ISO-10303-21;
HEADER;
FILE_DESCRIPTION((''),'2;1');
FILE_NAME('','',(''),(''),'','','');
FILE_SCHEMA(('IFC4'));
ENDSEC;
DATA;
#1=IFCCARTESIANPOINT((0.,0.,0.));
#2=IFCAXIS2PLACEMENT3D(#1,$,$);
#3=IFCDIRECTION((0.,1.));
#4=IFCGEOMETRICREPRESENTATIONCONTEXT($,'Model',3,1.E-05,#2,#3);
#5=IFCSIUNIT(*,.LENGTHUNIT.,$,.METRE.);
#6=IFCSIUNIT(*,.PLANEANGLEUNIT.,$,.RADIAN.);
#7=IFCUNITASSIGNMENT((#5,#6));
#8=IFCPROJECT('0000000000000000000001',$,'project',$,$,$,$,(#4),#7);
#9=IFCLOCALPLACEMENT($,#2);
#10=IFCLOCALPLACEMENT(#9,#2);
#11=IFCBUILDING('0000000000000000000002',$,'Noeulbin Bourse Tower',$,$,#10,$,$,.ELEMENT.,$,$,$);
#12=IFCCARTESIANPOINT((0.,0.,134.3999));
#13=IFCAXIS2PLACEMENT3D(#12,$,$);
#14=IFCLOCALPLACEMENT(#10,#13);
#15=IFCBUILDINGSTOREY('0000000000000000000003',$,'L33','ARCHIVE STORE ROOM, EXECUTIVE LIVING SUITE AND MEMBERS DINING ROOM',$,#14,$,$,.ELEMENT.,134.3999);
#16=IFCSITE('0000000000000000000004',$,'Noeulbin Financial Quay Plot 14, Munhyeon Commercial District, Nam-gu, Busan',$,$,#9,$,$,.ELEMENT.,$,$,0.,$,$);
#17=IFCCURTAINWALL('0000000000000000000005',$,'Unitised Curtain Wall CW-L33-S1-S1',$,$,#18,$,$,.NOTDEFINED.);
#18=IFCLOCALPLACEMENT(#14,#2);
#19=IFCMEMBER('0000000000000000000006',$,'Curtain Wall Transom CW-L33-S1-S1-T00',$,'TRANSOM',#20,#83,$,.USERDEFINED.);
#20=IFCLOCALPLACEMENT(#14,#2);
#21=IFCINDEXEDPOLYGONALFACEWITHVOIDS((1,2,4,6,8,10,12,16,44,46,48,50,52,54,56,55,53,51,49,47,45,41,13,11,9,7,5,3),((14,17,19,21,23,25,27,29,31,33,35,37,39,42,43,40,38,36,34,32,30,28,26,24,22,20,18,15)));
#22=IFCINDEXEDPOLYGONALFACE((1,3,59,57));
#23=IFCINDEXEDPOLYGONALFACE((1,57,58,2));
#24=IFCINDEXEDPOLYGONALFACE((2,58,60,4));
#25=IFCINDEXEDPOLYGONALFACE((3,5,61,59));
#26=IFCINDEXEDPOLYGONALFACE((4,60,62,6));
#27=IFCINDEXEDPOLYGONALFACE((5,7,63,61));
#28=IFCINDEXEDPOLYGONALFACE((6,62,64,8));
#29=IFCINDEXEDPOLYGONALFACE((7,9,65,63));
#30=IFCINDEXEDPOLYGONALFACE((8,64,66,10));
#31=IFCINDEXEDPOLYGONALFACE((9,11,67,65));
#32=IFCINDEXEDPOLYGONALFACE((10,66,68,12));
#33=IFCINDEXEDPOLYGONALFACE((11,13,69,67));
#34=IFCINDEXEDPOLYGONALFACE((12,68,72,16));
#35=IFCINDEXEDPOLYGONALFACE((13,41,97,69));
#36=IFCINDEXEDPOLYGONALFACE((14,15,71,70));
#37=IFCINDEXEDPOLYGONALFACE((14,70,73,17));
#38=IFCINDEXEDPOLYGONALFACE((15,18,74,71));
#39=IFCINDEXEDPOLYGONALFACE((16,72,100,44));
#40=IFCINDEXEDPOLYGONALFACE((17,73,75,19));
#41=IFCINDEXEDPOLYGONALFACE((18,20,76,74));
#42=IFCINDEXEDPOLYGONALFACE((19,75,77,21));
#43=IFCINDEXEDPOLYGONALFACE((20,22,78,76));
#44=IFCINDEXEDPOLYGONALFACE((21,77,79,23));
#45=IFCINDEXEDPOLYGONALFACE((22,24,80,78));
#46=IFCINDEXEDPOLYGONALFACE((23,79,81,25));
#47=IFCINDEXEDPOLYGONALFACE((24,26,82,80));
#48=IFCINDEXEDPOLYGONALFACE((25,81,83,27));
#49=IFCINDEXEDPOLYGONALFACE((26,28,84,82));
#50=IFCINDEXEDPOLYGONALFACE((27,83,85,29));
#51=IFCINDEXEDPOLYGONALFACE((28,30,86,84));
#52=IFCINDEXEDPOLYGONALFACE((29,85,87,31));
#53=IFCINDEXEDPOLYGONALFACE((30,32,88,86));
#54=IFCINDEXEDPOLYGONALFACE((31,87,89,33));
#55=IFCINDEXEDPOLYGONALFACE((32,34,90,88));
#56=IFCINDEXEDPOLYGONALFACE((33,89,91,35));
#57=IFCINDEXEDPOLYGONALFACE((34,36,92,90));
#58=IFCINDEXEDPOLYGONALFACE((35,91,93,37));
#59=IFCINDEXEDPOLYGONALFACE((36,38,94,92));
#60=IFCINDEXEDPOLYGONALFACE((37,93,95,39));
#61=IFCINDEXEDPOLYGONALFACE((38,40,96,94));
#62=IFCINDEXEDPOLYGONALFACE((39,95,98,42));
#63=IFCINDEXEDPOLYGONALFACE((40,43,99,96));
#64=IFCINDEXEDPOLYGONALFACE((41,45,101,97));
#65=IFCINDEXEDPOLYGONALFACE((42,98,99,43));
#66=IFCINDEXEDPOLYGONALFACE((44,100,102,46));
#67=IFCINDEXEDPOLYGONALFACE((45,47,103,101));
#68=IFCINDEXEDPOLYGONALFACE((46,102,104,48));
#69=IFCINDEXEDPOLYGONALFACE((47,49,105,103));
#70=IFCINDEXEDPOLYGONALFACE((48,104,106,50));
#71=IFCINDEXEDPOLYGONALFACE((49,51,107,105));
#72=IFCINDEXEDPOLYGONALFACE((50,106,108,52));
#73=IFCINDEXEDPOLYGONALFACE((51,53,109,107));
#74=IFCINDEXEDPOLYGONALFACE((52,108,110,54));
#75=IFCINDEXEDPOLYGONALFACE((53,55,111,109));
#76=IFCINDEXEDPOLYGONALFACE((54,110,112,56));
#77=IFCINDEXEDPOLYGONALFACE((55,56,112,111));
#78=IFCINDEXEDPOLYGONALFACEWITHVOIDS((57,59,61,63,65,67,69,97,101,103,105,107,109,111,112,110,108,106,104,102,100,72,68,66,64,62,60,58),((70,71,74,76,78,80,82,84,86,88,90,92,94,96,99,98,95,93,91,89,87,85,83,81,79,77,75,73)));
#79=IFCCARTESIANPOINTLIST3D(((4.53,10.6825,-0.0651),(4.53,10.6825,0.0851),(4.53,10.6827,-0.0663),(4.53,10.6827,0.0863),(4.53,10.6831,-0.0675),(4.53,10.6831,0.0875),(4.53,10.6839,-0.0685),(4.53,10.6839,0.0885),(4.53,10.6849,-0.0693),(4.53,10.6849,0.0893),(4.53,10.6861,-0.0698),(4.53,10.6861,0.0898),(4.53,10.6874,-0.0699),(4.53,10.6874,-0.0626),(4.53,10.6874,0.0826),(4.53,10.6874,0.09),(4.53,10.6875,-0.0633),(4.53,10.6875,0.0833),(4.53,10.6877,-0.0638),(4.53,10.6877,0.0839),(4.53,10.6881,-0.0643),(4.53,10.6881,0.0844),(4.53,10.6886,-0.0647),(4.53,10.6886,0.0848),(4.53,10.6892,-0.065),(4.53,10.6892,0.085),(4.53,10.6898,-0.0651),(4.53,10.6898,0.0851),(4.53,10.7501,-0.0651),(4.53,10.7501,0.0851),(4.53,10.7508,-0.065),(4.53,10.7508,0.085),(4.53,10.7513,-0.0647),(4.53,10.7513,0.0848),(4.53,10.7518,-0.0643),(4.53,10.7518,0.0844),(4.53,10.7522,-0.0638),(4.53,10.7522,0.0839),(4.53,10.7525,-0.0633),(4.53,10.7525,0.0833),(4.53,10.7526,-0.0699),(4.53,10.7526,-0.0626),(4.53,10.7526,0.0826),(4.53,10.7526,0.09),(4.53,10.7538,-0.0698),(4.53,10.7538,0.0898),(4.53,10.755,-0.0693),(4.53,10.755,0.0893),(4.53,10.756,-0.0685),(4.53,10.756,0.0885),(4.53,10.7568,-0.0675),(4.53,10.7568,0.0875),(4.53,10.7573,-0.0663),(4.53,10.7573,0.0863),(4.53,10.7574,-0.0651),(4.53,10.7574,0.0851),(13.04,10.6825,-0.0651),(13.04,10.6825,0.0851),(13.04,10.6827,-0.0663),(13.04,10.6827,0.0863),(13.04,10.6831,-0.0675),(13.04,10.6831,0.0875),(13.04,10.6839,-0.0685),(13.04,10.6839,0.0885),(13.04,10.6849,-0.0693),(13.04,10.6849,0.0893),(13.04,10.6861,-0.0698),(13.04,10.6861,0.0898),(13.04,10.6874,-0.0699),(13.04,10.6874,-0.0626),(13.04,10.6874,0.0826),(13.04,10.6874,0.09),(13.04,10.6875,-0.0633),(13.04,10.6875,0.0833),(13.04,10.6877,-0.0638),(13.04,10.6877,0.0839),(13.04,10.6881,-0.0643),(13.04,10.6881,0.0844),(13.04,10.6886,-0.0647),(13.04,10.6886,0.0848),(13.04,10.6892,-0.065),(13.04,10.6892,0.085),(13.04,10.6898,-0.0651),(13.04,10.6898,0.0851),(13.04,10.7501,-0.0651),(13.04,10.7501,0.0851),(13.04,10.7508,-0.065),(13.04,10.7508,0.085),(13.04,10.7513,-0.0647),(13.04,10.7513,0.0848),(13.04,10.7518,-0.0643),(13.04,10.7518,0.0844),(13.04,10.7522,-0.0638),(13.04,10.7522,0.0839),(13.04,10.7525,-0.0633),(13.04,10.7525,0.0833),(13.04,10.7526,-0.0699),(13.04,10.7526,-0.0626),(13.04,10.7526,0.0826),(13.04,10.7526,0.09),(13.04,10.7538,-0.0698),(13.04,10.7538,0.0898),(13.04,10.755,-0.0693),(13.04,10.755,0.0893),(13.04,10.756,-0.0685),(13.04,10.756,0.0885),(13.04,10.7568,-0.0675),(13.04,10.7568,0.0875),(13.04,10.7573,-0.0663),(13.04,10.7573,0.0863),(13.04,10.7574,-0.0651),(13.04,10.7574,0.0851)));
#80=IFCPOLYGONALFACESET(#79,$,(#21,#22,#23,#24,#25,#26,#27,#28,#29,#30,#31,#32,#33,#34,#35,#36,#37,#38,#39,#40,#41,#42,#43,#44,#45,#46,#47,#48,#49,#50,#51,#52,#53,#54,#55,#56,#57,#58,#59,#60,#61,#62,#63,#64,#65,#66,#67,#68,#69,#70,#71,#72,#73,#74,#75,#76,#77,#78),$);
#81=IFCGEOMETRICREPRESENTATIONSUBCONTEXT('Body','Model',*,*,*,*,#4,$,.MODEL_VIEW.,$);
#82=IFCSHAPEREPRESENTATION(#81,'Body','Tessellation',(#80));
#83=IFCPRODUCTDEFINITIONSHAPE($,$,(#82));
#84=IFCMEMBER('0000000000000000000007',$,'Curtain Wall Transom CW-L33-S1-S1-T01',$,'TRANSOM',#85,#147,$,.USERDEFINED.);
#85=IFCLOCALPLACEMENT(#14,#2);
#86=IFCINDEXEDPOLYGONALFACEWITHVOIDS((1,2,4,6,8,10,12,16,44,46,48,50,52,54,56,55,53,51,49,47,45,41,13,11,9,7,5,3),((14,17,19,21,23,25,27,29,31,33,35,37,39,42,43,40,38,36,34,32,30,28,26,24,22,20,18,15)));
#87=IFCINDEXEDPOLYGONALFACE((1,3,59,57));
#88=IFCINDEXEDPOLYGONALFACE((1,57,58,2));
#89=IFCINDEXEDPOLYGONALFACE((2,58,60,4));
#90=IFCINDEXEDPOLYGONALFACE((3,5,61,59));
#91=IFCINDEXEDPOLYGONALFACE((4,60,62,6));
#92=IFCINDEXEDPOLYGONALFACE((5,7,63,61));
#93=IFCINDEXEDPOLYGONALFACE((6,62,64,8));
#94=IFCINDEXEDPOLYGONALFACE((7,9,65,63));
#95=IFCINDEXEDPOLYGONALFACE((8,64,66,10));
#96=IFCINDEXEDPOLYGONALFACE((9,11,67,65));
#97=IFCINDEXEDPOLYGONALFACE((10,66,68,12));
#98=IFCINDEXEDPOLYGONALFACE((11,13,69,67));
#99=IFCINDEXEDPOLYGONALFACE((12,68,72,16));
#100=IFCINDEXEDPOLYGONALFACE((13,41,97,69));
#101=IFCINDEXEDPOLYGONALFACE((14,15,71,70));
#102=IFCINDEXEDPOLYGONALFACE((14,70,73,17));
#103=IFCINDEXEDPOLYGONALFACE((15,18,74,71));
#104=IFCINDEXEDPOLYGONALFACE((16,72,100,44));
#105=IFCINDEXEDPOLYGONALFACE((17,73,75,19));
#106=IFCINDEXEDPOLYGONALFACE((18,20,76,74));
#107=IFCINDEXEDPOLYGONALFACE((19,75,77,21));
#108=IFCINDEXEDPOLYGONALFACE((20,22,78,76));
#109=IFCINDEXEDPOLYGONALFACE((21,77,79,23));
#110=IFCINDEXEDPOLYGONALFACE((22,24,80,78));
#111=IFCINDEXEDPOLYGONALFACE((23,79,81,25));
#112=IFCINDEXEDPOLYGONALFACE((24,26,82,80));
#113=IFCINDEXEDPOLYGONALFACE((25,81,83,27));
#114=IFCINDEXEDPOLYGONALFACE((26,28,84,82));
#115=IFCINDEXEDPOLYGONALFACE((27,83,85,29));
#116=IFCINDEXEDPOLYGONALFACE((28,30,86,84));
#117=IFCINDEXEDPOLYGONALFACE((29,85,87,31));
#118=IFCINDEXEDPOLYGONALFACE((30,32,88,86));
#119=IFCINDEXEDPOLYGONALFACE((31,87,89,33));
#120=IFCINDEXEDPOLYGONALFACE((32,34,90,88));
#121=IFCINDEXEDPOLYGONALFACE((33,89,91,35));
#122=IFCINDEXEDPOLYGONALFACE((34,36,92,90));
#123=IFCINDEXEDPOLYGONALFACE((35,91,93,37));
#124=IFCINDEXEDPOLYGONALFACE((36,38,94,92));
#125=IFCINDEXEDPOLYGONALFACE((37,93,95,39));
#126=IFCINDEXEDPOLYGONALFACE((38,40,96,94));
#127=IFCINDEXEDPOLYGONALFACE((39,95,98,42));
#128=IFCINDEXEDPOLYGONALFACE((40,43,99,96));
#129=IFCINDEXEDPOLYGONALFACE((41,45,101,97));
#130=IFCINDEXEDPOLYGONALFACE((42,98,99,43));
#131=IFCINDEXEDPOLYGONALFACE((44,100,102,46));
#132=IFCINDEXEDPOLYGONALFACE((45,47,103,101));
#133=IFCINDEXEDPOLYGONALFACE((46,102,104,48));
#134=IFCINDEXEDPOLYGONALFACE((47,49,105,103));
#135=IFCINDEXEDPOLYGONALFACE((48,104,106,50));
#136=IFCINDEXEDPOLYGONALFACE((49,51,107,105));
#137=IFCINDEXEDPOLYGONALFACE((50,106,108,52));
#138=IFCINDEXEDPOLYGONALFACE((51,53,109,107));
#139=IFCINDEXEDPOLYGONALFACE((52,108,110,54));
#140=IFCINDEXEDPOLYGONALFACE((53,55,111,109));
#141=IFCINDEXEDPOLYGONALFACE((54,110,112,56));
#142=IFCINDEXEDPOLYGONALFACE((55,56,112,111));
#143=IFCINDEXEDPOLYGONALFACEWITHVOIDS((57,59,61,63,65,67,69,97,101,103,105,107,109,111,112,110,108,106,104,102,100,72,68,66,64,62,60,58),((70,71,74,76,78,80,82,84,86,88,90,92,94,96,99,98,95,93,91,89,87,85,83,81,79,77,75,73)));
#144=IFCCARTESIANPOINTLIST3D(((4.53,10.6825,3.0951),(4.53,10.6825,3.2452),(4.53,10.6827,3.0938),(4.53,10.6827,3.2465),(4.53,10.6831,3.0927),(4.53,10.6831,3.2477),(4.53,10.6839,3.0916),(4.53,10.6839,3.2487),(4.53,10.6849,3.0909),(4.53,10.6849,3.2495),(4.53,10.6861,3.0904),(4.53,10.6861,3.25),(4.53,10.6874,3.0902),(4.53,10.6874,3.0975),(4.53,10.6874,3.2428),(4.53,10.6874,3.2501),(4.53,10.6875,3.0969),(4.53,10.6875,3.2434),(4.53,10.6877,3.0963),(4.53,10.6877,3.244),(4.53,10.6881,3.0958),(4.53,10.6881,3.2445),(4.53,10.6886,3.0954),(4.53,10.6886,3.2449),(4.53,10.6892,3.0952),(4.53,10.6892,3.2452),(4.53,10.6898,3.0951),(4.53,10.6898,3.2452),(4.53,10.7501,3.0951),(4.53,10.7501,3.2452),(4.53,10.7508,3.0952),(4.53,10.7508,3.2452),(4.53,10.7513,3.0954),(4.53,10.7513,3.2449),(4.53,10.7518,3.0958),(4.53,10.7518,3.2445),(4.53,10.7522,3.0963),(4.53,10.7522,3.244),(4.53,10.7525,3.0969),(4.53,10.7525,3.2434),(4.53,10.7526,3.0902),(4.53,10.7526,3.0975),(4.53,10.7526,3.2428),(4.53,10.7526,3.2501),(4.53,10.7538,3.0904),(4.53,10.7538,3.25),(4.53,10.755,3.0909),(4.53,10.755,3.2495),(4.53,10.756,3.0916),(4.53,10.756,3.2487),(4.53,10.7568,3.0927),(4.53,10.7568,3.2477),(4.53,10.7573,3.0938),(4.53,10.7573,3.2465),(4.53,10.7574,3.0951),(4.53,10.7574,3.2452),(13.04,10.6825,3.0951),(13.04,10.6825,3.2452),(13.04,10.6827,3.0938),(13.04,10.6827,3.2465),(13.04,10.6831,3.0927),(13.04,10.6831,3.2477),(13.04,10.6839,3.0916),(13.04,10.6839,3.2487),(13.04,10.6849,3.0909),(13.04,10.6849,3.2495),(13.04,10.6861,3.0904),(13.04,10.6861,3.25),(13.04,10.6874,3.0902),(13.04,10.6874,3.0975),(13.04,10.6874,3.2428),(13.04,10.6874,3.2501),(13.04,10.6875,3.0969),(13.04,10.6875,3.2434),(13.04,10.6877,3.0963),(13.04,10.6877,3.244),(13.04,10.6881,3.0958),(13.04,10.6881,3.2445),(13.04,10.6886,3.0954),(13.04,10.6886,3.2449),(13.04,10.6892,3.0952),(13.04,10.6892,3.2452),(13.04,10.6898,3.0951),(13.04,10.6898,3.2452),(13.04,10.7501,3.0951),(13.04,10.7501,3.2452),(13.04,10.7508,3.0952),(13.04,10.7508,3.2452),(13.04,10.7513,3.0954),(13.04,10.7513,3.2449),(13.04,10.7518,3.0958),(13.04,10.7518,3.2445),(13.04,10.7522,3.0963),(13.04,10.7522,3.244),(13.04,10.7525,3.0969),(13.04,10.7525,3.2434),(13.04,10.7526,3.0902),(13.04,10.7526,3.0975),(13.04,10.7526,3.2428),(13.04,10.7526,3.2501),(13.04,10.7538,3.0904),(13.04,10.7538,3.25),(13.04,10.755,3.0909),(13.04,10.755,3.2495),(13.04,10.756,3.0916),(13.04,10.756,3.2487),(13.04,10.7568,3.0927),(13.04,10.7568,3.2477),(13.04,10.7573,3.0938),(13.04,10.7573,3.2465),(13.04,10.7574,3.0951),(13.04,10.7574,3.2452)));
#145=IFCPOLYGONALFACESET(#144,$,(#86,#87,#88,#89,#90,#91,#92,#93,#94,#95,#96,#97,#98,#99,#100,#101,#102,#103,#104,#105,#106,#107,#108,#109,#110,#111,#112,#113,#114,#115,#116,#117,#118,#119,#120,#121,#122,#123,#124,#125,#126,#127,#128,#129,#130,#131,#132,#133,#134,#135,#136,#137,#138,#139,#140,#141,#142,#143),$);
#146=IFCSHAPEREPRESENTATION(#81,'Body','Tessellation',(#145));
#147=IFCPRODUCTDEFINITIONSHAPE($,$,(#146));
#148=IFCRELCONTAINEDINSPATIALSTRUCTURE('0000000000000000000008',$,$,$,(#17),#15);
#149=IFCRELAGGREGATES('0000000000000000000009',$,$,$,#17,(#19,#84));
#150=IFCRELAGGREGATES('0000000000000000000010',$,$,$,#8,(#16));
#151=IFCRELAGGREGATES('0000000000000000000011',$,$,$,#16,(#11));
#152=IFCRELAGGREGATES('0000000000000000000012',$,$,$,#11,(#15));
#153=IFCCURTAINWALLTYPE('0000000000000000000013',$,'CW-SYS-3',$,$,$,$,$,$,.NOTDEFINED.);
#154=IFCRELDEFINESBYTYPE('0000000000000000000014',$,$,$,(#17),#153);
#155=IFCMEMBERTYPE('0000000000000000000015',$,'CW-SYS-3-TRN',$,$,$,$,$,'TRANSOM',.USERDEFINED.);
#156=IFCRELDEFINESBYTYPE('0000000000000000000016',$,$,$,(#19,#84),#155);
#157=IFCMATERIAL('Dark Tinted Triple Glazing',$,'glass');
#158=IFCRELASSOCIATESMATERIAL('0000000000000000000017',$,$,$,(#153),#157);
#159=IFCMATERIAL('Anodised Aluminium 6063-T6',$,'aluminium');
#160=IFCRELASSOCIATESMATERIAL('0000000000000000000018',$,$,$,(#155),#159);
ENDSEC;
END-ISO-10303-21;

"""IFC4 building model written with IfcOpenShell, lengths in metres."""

from ifc_helpers import new_model, si_unit, direction, frame, origin, origin_2d, place, context, subcontext, project, spatial, hollow_rectangle, extrude, material, material_profile, profile_set, type_object, element, aggregate, save


model = new_model("IFC4")

# Units and contexts
model_context = context("Model", 3, precision=1e-05, world=origin(), true_north=direction((0.0, 1.0)))
body_context = subcontext(model_context, "Body", "Model", "MODEL_VIEW")
ifc_project = project(units=[si_unit("LENGTHUNIT", "METRE"), si_unit("PLANEANGLEUNIT", "RADIAN")], contexts=[model_context])

# Site, building, storey
site_placement = place(None, origin())
site = spatial("IfcSite", under=ifc_project, at=site_placement, Name="Noeulbin Financial Quay Plot 14, Munhyeon Commercial District, Nam-gu, Busan", CompositionType="ELEMENT", RefElevation=0.0)
building_placement = place(site_placement, origin())
building = spatial("IfcBuilding", under=site, at=building_placement, Name="Noeulbin Bourse Tower", CompositionType="ELEMENT")
storey_placement = place(building_placement, frame((0.0, 0.0, 134.3999)))
storey = spatial("IfcBuildingStorey", under=building, at=storey_placement, Name="L33", Description="ARCHIVE STORE ROOM, EXECUTIVE LIVING SUITE AND MEMBERS DINING ROOM", CompositionType="ELEMENT", Elevation=134.3999)

# Curtain wall
ifc_material_1 = material(Name="Dark Tinted Triple Glazing", Category="glass")
curtain_wall_type = type_object("IfcCurtainWallType", Name="CW-SYS-3", PredefinedType="NOTDEFINED", material=ifc_material_1)
curtain_wall_1_placement = place(storey_placement, origin())
curtain_wall_1 = element("IfcCurtainWall", 1, at=curtain_wall_1_placement, inside=storey, type_object=curtain_wall_type, Name="Unitised Curtain Wall CW-L33-S1-S1", PredefinedType="NOTDEFINED")
ifc_material_2 = material(Name="Anodised Aluminium 6063-T6", Category="aluminium")

# Members
ifc_material_profile_1 = material_profile(ifc_material_2, hollow_rectangle(XDim=0.075, YDim=0.1599, WallThickness=0.0049, InnerFilletRadius=0.0024, OuterFilletRadius=0.0049, at=origin_2d()), Name="ALU-TRAN-75x160x5", Category="LoadBearing")
ifc_profile_set_1 = profile_set([ifc_material_profile_1], Name="Anodised Aluminium 6063-T6")
member_type_1 = type_object("IfcMemberType", Name="CW-SYS-3-TRN", ElementType="TRANSOM", PredefinedType="USERDEFINED", material=ifc_profile_set_1)
member_1_placement = place(storey_placement, frame((4.53, 10.72, 0.01), z_axis=(1.0, 0.0, 0.0), x_axis=(0.0, 1.0, 0.0)))
member_1 = element("IfcMember", 2, at=member_1_placement, type_object=member_type_1, Name="Curtain Wall Transom CW-L33-S1-S1-T00", ObjectType="TRANSOM", PredefinedType="USERDEFINED", context=body_context, shape_type="SweptSolid", body=[
    extrude(hollow_rectangle(XDim=0.075, YDim=0.1599, WallThickness=0.0049, InnerFilletRadius=0.0024, OuterFilletRadius=0.0049, at=origin_2d()), origin(), (0.0, 0.0, 1.0), 8.51),
])
member_2_placement = place(storey_placement, frame((4.53, 10.72, 3.1702), z_axis=(1.0, 0.0, 0.0), x_axis=(0.0, 1.0, 0.0)))
member_2 = element("IfcMember", 3, at=member_2_placement, type_object=member_type_1, Name="Curtain Wall Transom CW-L33-S1-S1-T01", ObjectType="TRANSOM", PredefinedType="USERDEFINED", context=body_context, shape_type="SweptSolid", body=[
    extrude(hollow_rectangle(XDim=0.075, YDim=0.1599, WallThickness=0.0049, InnerFilletRadius=0.0024, OuterFilletRadius=0.0049, at=origin_2d()), origin(), (0.0, 0.0, 1.0), 8.51),
])

aggregate(curtain_wall_1, [member_1, member_2])

save(model, "model.ifc")
